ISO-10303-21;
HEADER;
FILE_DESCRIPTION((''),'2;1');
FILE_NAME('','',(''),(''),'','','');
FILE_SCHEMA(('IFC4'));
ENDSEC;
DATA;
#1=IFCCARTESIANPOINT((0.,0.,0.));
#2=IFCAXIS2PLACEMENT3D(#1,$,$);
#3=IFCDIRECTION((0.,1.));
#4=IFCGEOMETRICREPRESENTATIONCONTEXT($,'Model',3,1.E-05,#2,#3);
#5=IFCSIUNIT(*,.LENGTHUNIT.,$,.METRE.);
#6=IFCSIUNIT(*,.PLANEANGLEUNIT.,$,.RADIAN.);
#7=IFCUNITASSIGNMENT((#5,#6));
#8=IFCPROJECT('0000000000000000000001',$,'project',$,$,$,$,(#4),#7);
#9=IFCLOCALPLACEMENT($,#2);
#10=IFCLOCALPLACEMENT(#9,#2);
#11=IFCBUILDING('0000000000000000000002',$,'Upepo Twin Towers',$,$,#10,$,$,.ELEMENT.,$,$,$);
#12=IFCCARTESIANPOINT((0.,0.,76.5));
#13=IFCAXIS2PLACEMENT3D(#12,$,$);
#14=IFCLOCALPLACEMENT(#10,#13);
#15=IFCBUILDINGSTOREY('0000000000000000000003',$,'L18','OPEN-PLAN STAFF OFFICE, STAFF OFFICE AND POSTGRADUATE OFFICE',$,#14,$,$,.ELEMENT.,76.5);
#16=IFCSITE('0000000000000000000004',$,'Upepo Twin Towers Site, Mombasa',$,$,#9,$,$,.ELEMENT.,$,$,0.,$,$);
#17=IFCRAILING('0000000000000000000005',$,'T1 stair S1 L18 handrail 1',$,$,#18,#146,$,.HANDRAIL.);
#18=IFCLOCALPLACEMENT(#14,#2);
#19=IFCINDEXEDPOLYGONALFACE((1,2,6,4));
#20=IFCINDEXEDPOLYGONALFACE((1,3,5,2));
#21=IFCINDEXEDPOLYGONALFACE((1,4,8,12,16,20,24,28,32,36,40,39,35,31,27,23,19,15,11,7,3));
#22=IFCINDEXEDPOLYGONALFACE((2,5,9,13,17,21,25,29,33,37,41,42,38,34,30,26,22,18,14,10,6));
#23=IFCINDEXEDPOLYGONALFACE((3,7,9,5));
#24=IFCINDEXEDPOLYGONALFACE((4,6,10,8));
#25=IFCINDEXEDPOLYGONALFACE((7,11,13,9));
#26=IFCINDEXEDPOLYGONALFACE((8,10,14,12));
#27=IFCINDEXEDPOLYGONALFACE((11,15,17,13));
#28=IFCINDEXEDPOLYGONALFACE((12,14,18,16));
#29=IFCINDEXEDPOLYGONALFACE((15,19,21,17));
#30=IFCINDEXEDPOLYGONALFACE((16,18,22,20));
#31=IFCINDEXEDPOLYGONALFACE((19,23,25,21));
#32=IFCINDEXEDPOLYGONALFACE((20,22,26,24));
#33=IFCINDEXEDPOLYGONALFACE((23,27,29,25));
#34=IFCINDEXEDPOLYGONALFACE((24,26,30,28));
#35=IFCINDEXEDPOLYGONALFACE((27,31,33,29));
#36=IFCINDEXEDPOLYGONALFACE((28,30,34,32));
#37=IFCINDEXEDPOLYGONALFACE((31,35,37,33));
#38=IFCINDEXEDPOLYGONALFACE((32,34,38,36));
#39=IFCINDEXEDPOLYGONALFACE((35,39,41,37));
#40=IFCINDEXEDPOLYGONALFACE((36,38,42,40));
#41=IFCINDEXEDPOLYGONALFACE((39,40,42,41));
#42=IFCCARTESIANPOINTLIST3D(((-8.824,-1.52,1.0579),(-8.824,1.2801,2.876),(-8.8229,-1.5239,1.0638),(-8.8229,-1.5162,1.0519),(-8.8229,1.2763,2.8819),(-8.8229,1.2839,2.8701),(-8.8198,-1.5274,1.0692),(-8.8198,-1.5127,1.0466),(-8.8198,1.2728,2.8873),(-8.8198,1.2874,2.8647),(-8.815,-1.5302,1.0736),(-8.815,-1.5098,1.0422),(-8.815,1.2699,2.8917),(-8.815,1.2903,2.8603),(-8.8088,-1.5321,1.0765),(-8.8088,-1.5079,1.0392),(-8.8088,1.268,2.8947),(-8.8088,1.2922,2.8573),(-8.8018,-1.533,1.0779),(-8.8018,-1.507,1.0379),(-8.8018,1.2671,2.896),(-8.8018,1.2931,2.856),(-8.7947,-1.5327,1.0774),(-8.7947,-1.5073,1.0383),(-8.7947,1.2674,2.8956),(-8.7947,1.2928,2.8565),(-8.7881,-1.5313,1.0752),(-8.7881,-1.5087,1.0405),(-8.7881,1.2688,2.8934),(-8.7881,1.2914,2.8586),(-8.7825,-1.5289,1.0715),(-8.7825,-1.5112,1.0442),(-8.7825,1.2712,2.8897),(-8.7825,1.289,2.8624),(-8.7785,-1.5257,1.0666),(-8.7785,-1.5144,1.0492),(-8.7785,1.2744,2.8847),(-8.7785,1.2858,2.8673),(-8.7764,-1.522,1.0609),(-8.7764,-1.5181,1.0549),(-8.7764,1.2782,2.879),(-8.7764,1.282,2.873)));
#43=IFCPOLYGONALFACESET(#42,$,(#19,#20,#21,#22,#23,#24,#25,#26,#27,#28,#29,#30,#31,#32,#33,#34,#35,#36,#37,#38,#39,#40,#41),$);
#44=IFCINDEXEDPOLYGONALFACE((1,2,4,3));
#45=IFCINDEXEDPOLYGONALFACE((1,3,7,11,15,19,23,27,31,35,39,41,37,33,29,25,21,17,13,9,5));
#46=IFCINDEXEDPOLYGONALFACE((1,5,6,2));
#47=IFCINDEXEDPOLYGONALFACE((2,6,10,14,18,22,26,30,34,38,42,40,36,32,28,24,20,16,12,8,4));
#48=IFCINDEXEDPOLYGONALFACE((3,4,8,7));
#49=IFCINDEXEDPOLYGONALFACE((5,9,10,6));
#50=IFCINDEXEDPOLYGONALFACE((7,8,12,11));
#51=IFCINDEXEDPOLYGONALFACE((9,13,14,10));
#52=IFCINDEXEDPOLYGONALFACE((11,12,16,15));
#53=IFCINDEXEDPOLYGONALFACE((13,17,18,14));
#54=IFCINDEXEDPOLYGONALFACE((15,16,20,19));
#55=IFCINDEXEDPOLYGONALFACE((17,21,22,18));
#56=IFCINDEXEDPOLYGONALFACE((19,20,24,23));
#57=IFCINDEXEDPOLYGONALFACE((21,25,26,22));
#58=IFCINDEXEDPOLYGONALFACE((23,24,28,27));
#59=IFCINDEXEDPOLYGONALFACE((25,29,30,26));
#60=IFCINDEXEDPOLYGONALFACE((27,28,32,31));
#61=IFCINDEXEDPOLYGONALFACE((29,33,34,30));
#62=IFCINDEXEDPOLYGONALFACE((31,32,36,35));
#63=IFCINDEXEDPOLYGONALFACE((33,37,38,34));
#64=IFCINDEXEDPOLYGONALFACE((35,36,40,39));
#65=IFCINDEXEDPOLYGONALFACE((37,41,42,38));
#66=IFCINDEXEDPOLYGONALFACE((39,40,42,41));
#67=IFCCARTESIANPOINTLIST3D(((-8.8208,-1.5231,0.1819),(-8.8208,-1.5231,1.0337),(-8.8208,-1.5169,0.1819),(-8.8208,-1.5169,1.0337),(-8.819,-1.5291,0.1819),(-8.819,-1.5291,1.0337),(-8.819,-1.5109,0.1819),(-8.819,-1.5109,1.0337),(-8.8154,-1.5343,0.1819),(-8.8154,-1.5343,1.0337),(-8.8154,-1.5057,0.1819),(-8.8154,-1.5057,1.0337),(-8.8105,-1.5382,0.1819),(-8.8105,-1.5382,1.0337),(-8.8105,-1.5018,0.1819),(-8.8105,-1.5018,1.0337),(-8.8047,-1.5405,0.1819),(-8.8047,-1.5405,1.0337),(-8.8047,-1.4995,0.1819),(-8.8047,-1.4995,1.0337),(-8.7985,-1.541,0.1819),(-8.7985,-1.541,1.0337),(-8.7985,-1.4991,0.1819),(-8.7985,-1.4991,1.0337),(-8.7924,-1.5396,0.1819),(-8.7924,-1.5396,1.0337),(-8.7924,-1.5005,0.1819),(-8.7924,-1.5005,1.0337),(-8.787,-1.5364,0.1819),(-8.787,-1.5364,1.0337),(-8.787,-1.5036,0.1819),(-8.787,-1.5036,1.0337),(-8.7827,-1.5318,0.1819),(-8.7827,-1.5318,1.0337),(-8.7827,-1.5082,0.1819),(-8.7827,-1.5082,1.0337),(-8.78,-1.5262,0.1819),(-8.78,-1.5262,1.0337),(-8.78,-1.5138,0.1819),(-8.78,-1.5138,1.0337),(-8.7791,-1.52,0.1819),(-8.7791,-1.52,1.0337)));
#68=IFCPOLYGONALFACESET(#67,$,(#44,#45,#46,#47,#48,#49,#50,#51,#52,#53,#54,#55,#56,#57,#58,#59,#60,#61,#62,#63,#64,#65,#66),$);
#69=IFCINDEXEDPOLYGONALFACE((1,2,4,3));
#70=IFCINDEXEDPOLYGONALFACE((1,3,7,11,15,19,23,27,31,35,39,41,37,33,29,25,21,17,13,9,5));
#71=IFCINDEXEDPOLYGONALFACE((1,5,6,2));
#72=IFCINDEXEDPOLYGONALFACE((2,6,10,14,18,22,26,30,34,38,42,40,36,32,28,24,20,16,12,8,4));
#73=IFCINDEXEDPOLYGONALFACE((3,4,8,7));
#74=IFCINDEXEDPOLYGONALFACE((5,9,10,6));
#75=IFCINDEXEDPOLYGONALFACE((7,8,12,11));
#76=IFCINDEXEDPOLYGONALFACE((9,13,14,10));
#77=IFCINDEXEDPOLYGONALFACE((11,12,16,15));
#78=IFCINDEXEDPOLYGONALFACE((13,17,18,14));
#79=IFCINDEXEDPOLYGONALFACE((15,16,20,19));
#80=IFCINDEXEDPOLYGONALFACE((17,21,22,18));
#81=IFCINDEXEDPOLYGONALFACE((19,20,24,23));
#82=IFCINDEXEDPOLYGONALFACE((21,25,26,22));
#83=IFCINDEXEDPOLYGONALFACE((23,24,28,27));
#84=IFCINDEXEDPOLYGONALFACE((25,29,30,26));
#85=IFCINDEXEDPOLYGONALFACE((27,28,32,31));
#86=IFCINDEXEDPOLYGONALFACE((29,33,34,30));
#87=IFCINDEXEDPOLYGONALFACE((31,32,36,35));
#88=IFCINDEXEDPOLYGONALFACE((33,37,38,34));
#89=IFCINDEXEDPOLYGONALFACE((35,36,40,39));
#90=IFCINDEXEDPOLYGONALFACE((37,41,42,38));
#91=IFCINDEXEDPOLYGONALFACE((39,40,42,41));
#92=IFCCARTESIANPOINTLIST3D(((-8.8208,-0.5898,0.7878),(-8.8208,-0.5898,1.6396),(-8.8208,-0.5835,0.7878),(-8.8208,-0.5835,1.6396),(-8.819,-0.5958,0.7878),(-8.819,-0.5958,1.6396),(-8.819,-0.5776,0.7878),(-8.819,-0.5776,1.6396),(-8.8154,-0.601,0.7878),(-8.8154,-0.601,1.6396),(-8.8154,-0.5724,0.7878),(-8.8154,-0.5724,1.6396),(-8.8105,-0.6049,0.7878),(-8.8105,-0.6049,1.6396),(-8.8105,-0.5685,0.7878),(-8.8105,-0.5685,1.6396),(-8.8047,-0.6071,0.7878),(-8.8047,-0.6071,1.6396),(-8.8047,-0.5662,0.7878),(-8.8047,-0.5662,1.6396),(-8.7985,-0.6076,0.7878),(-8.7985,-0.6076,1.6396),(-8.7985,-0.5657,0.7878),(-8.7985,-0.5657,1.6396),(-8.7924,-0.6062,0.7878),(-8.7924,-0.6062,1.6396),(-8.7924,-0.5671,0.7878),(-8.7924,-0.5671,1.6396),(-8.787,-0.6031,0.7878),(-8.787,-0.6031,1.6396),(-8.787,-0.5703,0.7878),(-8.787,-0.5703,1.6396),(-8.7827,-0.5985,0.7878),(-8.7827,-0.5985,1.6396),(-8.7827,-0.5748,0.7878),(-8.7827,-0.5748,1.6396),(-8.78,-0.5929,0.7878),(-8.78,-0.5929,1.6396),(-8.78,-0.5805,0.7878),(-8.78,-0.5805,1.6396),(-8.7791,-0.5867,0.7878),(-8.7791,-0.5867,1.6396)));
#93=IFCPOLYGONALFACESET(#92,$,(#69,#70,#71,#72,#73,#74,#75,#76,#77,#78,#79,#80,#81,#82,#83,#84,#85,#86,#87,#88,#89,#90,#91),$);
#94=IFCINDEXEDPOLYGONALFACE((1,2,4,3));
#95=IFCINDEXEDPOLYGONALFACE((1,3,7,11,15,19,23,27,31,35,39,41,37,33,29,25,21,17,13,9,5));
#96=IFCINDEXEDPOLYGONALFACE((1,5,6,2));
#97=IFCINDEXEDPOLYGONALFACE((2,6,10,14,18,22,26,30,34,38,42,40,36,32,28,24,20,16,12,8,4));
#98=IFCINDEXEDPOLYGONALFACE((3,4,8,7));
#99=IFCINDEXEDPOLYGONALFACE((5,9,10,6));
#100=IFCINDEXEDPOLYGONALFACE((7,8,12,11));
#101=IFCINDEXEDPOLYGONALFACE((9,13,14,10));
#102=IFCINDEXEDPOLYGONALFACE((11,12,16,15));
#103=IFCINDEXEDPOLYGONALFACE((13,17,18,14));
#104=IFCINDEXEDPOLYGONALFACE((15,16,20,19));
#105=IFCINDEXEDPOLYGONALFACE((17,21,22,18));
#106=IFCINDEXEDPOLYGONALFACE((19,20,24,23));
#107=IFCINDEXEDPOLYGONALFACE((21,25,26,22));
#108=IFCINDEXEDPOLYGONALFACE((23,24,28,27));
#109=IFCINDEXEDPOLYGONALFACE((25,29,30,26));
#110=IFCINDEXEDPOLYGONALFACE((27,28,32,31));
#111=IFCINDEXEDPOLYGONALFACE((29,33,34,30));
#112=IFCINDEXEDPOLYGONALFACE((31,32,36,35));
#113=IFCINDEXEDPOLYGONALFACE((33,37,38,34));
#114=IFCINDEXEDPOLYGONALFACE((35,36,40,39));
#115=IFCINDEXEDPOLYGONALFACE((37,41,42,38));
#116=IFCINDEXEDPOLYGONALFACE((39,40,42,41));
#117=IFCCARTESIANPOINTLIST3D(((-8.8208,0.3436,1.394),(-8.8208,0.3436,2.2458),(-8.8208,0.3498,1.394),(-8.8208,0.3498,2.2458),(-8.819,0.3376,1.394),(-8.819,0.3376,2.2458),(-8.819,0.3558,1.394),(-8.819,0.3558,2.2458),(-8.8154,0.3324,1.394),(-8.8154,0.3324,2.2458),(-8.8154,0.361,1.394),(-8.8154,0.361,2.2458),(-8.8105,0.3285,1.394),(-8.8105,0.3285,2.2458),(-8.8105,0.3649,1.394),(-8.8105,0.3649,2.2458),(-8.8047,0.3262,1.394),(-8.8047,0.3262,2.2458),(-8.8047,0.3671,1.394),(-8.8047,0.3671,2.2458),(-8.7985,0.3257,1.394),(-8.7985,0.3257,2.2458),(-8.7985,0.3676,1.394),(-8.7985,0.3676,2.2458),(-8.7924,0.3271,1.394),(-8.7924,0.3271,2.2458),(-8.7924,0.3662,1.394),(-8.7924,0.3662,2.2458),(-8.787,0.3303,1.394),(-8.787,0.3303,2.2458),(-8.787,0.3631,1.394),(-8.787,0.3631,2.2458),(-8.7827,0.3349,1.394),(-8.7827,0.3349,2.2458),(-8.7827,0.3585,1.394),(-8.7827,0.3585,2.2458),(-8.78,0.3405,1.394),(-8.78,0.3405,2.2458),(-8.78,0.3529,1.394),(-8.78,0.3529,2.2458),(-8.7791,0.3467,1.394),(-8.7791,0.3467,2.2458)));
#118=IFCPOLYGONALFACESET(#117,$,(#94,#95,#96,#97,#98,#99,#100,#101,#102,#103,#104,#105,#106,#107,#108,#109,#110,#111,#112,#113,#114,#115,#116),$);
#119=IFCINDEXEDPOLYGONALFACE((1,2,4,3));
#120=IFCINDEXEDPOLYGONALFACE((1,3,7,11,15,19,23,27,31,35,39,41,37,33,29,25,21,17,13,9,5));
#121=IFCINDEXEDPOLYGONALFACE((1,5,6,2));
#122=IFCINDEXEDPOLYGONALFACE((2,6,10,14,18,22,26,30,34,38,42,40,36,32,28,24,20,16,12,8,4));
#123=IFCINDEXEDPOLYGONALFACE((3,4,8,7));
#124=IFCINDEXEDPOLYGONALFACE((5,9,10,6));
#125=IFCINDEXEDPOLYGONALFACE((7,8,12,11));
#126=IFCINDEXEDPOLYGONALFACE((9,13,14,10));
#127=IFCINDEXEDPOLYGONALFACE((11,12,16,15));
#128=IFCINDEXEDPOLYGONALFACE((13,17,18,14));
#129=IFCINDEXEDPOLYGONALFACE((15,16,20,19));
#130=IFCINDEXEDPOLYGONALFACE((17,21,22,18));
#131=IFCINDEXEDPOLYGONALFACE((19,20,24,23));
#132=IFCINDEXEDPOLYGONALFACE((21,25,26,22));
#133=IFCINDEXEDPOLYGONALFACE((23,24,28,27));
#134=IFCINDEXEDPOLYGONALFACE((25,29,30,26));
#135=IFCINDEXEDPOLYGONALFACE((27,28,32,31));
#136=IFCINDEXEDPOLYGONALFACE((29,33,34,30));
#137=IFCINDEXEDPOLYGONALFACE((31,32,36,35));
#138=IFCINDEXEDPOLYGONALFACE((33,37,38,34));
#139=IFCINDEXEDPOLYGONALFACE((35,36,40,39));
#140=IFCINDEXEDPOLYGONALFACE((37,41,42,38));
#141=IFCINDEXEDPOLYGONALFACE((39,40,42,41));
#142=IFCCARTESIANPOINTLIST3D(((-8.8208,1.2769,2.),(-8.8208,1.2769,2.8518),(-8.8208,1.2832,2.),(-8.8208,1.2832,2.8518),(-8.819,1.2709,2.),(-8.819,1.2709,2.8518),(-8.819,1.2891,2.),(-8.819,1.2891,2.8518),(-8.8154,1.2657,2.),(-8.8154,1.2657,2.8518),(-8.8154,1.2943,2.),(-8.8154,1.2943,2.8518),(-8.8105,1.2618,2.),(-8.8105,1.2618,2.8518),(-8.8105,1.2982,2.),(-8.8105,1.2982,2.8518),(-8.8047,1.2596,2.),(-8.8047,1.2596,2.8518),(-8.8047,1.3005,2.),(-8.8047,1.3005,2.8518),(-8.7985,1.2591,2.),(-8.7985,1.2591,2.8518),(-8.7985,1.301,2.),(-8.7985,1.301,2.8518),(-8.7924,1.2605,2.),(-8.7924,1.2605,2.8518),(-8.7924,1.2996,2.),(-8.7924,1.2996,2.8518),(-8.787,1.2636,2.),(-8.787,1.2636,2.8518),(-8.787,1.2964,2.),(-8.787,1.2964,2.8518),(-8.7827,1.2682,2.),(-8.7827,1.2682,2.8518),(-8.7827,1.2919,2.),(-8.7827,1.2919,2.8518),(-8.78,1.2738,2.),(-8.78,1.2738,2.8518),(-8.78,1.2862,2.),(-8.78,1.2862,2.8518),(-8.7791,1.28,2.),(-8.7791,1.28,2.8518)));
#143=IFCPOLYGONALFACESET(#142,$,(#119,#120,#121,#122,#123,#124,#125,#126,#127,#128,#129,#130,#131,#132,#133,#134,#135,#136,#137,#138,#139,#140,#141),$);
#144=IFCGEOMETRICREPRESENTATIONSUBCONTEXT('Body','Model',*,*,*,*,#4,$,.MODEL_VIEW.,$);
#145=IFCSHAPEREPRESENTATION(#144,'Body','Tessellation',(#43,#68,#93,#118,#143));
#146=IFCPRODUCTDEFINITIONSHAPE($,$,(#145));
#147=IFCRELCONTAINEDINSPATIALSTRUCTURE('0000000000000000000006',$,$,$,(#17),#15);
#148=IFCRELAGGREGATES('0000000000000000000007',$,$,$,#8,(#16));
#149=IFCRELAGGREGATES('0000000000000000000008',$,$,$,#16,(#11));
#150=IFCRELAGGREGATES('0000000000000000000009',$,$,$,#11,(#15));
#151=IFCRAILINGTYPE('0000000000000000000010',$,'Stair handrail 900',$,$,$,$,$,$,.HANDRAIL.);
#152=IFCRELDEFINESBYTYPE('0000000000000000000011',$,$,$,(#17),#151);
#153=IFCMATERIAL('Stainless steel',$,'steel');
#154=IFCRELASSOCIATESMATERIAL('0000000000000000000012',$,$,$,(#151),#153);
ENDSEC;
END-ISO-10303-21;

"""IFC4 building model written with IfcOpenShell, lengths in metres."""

from ifc_helpers import new_model, si_unit, direction, frame, origin, origin_2d, place, context, subcontext, project, spatial, circle, extrude, material, type_object, element, save


model = new_model("IFC4")

# Units and contexts
model_context = context("Model", 3, precision=1e-05, world=origin(), true_north=direction((0.0, 1.0)))
body_context = subcontext(model_context, "Body", "Model", "MODEL_VIEW")
ifc_project = project(units=[si_unit("LENGTHUNIT", "METRE"), si_unit("PLANEANGLEUNIT", "RADIAN")], contexts=[model_context])

# Site, building, storey
site_placement = place(None, origin())
site = spatial("IfcSite", under=ifc_project, at=site_placement, Name="Upepo Twin Towers Site, Mombasa", CompositionType="ELEMENT", RefElevation=0.0)
building_placement = place(site_placement, origin())
building = spatial("IfcBuilding", under=site, at=building_placement, Name="Upepo Twin Towers", CompositionType="ELEMENT")
storey_placement = place(building_placement, frame((0.0, 0.0, 76.5)))
storey = spatial("IfcBuildingStorey", under=building, at=storey_placement, Name="L18", Description="OPEN-PLAN STAFF OFFICE, STAFF OFFICE AND POSTGRADUATE OFFICE", CompositionType="ELEMENT", Elevation=76.5)

# Railing
ifc_material_1 = material(Name="Stainless steel", Category="steel")
railing_type = type_object("IfcRailingType", Name="Stair handrail 900", PredefinedType="HANDRAIL", material=ifc_material_1)
railing_placement = place(storey_placement, frame((-8.8, -1.52, 0.1819)))
element("IfcRailing", 1, at=railing_placement, inside=storey, type_object=railing_type, Name="T1 stair S1 L18 handrail 1", PredefinedType="HANDRAIL", context=body_context, shape_type="SweptSolid", body=[
    extrude(circle(Radius=0.0239, at=origin_2d()), frame((0.0, 0.0, 0.876), z_axis=(0.0, 0.838706, 0.544585), x_axis=(-1.0, 0.0, 0.0)), (0.0, 0.0, 1.0), 3.3386),
    extrude(circle(Radius=0.021, at=origin_2d()), origin(), (0.0, 0.0, 1.0), 0.8518),
    extrude(circle(Radius=0.021, at=origin_2d()), frame((0.0, 0.9333, 0.606)), (0.0, 0.0, 1.0), 0.8518),
    extrude(circle(Radius=0.021, at=origin_2d()), frame((0.0, 1.8667, 1.2122)), (0.0, 0.0, 1.0), 0.8518),
    extrude(circle(Radius=0.021, at=origin_2d()), frame((0.0, 2.8, 1.8181)), (0.0, 0.0, 1.0), 0.8518),
])

save(model, "model.ifc")
